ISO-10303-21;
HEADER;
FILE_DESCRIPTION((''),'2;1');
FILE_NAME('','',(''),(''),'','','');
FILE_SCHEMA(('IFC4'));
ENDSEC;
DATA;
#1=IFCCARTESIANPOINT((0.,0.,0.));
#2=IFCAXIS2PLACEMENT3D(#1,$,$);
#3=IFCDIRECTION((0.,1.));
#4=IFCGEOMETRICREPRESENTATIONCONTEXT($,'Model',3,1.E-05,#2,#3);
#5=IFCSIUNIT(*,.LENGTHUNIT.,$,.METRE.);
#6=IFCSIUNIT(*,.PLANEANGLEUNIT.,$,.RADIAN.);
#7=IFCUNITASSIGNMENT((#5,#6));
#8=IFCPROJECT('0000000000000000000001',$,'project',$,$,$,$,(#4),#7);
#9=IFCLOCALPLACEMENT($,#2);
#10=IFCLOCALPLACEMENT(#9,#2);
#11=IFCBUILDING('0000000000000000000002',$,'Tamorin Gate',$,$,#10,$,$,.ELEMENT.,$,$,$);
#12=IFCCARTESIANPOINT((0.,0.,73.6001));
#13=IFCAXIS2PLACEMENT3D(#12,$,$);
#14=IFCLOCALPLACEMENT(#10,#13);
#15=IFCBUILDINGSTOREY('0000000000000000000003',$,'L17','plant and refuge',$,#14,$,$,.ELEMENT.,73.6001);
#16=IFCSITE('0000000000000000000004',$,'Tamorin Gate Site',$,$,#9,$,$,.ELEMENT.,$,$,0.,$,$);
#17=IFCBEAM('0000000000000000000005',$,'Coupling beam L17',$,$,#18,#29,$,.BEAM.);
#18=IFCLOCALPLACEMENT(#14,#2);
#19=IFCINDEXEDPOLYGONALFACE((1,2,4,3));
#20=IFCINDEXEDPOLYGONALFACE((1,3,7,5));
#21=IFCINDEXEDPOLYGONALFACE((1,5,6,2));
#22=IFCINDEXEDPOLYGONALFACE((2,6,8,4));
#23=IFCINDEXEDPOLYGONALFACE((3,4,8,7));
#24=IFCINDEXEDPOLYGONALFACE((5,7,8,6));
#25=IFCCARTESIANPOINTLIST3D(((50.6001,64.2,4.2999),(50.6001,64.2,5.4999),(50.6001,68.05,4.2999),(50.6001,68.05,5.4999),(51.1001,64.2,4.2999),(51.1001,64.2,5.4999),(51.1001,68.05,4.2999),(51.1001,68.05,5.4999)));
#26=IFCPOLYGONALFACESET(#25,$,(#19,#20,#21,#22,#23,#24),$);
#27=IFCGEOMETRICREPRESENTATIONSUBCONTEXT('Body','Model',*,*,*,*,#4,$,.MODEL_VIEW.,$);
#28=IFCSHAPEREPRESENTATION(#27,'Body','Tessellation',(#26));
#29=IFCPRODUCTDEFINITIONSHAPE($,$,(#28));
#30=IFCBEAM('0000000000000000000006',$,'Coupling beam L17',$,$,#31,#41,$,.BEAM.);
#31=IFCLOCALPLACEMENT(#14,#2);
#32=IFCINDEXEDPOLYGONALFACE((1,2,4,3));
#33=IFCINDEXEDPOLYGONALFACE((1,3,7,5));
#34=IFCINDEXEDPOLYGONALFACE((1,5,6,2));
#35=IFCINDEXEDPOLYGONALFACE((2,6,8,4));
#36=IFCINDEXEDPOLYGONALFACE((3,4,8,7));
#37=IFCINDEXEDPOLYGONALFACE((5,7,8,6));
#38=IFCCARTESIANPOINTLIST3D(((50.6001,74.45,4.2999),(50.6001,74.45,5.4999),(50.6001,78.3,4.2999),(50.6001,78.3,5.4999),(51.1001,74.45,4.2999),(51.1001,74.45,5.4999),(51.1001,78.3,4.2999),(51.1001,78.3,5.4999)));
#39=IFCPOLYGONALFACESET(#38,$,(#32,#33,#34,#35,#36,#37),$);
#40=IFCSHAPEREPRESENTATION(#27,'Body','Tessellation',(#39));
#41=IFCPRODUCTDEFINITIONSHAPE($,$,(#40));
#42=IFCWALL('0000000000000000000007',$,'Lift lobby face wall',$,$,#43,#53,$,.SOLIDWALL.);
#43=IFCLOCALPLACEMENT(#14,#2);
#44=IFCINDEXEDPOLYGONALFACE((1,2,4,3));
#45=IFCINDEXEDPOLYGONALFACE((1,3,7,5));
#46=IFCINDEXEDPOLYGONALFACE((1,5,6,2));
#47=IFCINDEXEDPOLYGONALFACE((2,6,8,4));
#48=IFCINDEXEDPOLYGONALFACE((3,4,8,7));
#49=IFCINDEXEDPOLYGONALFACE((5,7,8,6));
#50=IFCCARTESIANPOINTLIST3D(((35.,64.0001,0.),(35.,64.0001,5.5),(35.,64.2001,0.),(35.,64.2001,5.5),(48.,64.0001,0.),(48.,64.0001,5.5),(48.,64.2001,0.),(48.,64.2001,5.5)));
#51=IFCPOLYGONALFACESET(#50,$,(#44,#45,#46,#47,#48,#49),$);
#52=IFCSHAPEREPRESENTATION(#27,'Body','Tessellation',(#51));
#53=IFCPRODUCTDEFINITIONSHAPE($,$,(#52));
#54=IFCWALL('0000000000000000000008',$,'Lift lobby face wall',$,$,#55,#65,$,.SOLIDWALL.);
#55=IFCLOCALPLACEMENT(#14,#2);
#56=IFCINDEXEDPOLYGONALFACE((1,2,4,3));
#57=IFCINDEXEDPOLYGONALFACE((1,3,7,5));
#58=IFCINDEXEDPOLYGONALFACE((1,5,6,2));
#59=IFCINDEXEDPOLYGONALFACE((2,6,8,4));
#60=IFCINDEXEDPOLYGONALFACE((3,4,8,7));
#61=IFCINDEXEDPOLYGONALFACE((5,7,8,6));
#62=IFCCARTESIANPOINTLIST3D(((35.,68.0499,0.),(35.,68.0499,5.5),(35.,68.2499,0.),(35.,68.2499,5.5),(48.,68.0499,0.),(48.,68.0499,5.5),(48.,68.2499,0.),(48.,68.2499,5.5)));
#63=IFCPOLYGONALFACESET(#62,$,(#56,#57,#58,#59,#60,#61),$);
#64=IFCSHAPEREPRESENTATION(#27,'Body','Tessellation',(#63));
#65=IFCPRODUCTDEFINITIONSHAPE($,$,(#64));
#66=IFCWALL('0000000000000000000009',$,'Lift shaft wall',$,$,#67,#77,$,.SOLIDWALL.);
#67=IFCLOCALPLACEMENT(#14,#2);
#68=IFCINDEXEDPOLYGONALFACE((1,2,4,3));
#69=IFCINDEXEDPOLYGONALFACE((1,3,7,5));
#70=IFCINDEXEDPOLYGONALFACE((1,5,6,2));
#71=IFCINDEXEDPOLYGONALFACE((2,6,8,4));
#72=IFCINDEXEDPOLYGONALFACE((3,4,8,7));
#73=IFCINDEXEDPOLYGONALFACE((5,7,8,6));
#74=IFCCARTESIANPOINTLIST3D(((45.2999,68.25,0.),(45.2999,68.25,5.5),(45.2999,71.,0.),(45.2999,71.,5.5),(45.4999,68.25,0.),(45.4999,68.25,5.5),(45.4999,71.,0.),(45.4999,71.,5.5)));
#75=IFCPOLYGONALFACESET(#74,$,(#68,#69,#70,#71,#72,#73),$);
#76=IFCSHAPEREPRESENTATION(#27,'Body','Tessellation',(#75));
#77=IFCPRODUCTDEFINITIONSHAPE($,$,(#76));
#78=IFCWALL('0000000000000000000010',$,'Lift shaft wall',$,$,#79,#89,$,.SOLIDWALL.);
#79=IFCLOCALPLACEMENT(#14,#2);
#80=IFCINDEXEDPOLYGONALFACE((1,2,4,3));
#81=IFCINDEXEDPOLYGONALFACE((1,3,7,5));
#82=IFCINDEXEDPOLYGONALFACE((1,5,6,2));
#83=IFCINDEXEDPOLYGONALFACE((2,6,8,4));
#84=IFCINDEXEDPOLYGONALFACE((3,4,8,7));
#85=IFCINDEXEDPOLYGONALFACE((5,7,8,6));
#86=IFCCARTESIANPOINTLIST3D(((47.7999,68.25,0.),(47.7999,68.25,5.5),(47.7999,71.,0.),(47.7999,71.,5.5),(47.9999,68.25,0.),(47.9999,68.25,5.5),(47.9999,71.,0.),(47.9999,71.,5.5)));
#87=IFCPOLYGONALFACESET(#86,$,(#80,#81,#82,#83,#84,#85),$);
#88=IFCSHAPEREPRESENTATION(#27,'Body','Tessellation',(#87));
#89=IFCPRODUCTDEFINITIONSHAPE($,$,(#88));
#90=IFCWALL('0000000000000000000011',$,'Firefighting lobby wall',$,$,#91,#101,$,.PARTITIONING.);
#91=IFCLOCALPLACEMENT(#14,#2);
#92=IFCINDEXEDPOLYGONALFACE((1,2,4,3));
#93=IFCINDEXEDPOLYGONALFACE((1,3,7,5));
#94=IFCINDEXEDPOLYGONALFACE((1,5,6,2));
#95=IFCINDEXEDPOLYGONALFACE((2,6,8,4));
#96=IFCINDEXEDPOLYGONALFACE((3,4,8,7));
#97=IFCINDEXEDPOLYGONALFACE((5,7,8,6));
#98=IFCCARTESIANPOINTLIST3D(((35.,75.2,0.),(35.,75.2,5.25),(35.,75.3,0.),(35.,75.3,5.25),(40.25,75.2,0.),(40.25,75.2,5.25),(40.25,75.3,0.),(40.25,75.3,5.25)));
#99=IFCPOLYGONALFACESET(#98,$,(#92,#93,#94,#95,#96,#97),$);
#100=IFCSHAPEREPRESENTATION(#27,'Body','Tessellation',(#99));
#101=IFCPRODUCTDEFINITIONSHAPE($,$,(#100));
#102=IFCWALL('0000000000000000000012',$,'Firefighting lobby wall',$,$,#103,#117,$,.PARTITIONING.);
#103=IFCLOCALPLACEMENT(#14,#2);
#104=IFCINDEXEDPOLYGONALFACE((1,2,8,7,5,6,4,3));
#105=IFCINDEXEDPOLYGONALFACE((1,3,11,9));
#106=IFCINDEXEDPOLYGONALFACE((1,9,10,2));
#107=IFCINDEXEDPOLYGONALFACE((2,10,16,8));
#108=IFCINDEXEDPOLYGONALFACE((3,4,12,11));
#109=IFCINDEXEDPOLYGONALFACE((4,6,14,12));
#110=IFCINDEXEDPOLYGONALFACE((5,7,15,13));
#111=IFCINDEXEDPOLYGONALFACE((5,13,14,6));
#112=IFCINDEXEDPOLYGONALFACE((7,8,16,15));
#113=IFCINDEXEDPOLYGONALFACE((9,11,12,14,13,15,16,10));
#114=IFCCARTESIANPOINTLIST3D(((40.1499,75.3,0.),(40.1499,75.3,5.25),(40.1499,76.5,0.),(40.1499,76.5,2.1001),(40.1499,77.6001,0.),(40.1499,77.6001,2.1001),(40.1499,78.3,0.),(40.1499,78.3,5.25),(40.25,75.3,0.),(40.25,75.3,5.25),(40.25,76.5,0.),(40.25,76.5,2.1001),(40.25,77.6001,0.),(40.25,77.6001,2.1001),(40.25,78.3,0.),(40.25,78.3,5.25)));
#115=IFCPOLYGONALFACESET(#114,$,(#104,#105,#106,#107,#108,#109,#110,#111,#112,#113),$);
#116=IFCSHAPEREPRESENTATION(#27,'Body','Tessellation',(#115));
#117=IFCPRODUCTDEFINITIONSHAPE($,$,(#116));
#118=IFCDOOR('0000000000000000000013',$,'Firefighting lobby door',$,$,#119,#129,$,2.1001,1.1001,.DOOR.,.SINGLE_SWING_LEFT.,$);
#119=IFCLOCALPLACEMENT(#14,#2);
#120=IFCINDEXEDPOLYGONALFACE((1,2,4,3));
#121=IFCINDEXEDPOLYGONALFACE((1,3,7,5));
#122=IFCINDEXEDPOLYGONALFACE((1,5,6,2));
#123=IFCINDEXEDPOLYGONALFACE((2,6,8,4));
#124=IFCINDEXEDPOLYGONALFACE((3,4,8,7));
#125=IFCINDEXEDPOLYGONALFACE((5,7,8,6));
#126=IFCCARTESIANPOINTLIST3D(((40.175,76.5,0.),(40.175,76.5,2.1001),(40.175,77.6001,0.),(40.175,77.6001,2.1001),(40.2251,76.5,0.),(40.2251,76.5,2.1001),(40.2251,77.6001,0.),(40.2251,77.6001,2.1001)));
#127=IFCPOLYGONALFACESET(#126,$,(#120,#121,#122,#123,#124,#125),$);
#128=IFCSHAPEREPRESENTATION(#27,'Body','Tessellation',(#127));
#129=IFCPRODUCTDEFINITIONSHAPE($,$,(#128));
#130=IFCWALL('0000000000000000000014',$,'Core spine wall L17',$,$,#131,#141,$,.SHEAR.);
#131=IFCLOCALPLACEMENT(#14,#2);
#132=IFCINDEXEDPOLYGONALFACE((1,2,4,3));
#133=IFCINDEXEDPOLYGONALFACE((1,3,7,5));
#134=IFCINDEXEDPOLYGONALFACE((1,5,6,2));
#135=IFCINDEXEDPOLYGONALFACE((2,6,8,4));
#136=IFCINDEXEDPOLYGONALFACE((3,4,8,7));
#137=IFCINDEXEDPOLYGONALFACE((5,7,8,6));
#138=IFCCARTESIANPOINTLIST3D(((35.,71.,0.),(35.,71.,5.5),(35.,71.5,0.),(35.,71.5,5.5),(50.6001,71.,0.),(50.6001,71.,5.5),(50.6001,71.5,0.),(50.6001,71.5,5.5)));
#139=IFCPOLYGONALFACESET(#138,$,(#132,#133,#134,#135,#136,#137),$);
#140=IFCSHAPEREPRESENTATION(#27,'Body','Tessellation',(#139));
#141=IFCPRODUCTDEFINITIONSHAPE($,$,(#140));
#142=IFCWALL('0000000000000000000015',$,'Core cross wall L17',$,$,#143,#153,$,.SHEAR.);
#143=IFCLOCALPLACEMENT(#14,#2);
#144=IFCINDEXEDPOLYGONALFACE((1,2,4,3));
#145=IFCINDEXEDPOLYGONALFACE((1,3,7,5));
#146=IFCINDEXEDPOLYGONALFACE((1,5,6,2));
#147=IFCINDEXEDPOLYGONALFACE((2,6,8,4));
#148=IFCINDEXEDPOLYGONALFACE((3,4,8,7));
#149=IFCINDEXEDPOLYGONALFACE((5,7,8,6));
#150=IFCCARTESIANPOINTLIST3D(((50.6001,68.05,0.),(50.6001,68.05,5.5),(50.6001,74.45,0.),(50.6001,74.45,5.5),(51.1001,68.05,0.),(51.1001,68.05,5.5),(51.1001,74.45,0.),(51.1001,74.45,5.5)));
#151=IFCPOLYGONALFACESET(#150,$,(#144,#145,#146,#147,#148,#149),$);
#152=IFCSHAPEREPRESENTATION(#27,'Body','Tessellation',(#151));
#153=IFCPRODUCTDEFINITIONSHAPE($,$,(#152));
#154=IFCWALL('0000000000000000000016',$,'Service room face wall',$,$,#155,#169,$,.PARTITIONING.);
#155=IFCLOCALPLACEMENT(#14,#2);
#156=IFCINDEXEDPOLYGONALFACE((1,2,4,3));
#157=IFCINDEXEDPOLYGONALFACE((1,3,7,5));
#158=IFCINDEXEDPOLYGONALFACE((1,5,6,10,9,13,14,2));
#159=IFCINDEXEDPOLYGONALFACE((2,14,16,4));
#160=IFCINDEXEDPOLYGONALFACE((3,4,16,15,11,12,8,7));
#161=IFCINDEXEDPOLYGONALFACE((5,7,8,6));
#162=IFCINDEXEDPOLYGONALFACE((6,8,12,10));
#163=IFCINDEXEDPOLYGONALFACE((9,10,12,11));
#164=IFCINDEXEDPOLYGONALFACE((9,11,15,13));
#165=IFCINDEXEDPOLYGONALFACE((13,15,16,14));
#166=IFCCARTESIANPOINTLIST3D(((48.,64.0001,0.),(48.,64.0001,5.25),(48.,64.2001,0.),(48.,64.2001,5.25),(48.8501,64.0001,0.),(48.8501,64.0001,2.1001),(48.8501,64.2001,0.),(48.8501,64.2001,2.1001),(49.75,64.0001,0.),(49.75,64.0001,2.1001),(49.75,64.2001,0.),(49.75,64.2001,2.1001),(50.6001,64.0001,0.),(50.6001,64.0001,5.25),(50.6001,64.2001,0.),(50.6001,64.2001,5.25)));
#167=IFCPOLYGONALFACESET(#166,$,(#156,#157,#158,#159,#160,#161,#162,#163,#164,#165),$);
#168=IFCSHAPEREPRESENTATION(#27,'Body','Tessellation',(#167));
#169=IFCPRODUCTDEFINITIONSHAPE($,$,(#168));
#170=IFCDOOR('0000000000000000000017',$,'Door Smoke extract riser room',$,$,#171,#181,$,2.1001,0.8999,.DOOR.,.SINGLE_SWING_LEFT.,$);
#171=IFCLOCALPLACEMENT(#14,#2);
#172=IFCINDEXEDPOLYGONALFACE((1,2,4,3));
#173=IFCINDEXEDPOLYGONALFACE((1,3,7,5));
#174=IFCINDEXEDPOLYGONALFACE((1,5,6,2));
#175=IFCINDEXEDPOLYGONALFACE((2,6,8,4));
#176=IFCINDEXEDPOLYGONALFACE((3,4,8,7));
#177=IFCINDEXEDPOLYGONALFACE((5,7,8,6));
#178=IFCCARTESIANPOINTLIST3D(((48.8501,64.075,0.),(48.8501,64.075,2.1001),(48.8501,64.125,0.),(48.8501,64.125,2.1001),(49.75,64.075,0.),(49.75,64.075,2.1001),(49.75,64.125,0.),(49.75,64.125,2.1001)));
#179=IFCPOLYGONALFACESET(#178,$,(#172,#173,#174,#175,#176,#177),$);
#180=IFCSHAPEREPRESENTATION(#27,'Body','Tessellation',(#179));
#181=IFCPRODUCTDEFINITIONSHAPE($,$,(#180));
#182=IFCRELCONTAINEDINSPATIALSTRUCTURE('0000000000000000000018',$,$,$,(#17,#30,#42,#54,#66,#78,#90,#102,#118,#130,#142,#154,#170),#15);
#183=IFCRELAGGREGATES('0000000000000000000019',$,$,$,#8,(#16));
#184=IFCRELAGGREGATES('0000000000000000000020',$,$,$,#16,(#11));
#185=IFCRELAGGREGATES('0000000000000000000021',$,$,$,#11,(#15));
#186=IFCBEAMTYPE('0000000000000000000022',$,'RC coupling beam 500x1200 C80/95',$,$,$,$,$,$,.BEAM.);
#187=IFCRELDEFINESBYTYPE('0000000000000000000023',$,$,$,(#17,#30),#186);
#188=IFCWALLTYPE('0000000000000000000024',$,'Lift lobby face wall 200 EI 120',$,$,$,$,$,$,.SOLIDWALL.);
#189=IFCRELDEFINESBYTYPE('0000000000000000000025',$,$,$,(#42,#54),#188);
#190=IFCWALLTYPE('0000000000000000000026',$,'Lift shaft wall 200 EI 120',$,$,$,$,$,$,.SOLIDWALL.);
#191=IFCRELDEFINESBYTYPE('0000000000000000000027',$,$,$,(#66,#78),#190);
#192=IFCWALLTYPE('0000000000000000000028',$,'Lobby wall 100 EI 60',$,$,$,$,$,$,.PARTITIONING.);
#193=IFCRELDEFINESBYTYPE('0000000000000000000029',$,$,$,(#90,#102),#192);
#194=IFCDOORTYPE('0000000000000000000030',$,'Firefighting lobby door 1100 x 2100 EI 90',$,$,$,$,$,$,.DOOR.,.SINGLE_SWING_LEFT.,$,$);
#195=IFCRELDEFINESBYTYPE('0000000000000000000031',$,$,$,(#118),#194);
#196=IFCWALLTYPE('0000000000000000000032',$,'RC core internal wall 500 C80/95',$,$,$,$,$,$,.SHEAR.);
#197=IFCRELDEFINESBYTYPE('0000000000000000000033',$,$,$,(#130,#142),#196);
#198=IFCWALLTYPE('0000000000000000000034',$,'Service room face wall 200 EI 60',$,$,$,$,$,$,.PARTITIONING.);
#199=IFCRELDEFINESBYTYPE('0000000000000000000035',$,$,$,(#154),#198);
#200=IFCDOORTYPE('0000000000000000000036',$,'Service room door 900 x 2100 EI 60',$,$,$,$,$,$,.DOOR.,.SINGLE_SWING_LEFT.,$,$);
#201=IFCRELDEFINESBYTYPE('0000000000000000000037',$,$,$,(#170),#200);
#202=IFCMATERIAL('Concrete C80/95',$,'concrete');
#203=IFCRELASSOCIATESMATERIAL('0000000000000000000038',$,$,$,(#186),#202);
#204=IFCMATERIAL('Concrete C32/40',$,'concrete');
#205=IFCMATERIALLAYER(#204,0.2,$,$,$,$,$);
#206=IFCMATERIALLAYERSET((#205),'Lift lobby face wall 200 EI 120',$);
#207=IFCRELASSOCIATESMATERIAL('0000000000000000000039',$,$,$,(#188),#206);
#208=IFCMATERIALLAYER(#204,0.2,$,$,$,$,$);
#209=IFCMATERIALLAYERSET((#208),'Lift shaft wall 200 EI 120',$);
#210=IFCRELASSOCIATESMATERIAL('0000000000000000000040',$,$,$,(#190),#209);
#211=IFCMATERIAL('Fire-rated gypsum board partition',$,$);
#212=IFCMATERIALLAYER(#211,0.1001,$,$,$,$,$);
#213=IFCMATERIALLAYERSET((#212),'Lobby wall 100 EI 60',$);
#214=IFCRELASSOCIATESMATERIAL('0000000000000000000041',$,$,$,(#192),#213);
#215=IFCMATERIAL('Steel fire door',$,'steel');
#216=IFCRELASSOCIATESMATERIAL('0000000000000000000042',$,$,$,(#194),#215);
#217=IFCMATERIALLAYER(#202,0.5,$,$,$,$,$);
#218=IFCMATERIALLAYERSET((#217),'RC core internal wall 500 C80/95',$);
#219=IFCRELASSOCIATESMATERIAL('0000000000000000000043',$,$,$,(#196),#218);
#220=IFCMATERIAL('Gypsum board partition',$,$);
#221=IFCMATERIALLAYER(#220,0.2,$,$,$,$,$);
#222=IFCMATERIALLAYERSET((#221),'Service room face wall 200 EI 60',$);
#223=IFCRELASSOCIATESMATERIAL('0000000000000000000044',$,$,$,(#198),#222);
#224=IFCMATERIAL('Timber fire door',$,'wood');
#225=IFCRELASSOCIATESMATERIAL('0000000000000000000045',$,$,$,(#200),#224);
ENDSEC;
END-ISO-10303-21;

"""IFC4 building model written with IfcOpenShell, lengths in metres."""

from ifc_helpers import new_model, si_unit, direction, frame, frame_2d, origin, origin_2d, place, context, subcontext, project, spatial, rectangle, extrude, material, layer, layer_set, material_profile, profile_set, type_object, element, fill, save


model = new_model("IFC4")

# Units and contexts
model_context = context("Model", 3, precision=1e-05, world=origin(), true_north=direction((0.0, 1.0)))
body_context = subcontext(model_context, "Body", "Model", "MODEL_VIEW")
ifc_project = project(units=[si_unit("LENGTHUNIT", "METRE"), si_unit("PLANEANGLEUNIT", "RADIAN")], contexts=[model_context])

# Site, building, storey
site_placement = place(None, origin())
site = spatial("IfcSite", under=ifc_project, at=site_placement, Name="Tamorin Gate Site", CompositionType="ELEMENT", RefElevation=0.0)
building_placement = place(site_placement, origin())
building = spatial("IfcBuilding", under=site, at=building_placement, Name="Tamorin Gate", CompositionType="ELEMENT")
storey_placement = place(building_placement, frame((0.0, 0.0, 73.6001)))
storey = spatial("IfcBuildingStorey", under=building, at=storey_placement, Name="L17", Description="plant and refuge", CompositionType="ELEMENT", Elevation=73.6001)

# Beams
ifc_material_1 = material(Name="Concrete C80/95", Category="concrete")
ifc_material_profile = material_profile(ifc_material_1, rectangle(XDim=0.5, YDim=1.2, at=origin_2d()), Name="RC 500x1200")
ifc_profile_set = profile_set([ifc_material_profile], Name="Concrete C80/95")
beam_type = type_object("IfcBeamType", Name="RC coupling beam 500x1200 C80/95", PredefinedType="BEAM", material=ifc_profile_set)
for number, where, z_axis, x_axis, name in (
    (1, (50.8501, 64.2, 4.8999), (0.0, 1.0, 0.0), (-1.0, 0.0, 0.0), "Coupling beam L17"),
    (2, (50.8501, 74.45, 4.8999), (0.0, 1.0, 0.0), (-1.0, 0.0, 0.0), "Coupling beam L17"),
):
    element("IfcBeam", number, at=place(storey_placement, frame(where, z_axis=z_axis, x_axis=x_axis)), inside=storey, type_object=beam_type, Name=name, PredefinedType="BEAM", context=body_context, shape_type="SweptSolid", body=[
        extrude(rectangle(XDim=0.5, YDim=1.2, at=origin_2d()), origin(), (0.0, 0.0, 1.0), 3.8501),
    ])

# Walls
ifc_material_2 = material(Name="Concrete C32/40", Category="concrete")
ifc_layer_1 = layer(ifc_material_2, 0.2)
ifc_layer_set_1 = layer_set([ifc_layer_1], Name="Lift lobby face wall 200 EI 120")
wall_type_1 = type_object("IfcWallType", Name="Lift lobby face wall 200 EI 120", PredefinedType="SOLIDWALL", material=ifc_layer_set_1)
for number, where, z_axis, x_axis, name in (
    (3, (35.0, 64.1001, 0.0), (0.0, 0.0, 1.0), (1.0, 0.0, 0.0), "Lift lobby face wall"),
    (4, (35.0, 68.1499, 0.0), (0.0, 0.0, 1.0), (1.0, 0.0, 0.0), "Lift lobby face wall"),
):
    element("IfcWall", number, at=place(storey_placement, frame(where, z_axis=z_axis, x_axis=x_axis)), inside=storey, type_object=wall_type_1, Name=name, PredefinedType="SOLIDWALL", context=body_context, shape_type="SweptSolid", body=[
        extrude(rectangle(XDim=13.0, YDim=0.2, at=frame_2d((6.5, 0.0))), origin(), (0.0, 0.0, 1.0), 5.5),
    ])
ifc_layer_2 = layer(ifc_material_2, 0.2)
ifc_layer_set_2 = layer_set([ifc_layer_2], Name="Lift shaft wall 200 EI 120")
wall_type_2 = type_object("IfcWallType", Name="Lift shaft wall 200 EI 120", PredefinedType="SOLIDWALL", material=ifc_layer_set_2)
for number, where, z_axis, x_axis, name in (
    (5, (45.3999, 68.25, 0.0), (0.0, 0.0, 1.0), (0.0, 1.0, 0.0), "Lift shaft wall"),
    (6, (47.8999, 68.25, 0.0), (0.0, 0.0, 1.0), (0.0, 1.0, 0.0), "Lift shaft wall"),
):
    element("IfcWall", number, at=place(storey_placement, frame(where, z_axis=z_axis, x_axis=x_axis)), inside=storey, type_object=wall_type_2, Name=name, PredefinedType="SOLIDWALL", context=body_context, shape_type="SweptSolid", body=[
        extrude(rectangle(XDim=2.75, YDim=0.2, at=frame_2d((1.375, 0.0))), origin(), (0.0, 0.0, 1.0), 5.5),
    ])
ifc_material_3 = material(Name="Fire-rated gypsum board partition")
ifc_layer_3 = layer(ifc_material_3, 0.1001)
ifc_layer_set_3 = layer_set([ifc_layer_3], Name="Lobby wall 100 EI 60")
wall_type_3 = type_object("IfcWallType", Name="Lobby wall 100 EI 60", PredefinedType="PARTITIONING", material=ifc_layer_set_3)
wall_1_placement = place(storey_placement, frame((35.0, 75.25, 0.0), z_axis=(0.0, 0.0, 1.0), x_axis=(1.0, 0.0, 0.0)))
element("IfcWall", 7, at=wall_1_placement, inside=storey, type_object=wall_type_3, Name="Firefighting lobby wall", PredefinedType="PARTITIONING", context=body_context, shape_type="SweptSolid", body=[
    extrude(rectangle(XDim=5.25, YDim=0.1001, at=frame_2d((2.625, 0.0))), origin(), (0.0, 0.0, 1.0), 5.25),
])

# Wall, opening, door
wall_2_placement = place(storey_placement, frame((40.2, 75.3, 0.0), z_axis=(0.0, 0.0, 1.0), x_axis=(0.0, 1.0, 0.0)))
wall_2 = element("IfcWall", 8, at=wall_2_placement, inside=storey, type_object=wall_type_3, Name="Firefighting lobby wall", PredefinedType="PARTITIONING", context=body_context, shape_type="SweptSolid", body=[
    extrude(rectangle(XDim=3.0, YDim=0.1001, at=frame_2d((1.5, 0.0))), origin(), (0.0, 0.0, 1.0), 5.25),
])
opening_1_placement = place(wall_2_placement, frame((1.2, 0.0, 0.0)))
opening_1 = element("IfcOpeningElement", 9, at=opening_1_placement, cuts=wall_2, PredefinedType="OPENING", context=body_context, shape_type="SweptSolid", body=[
    extrude(rectangle(XDim=1.1001, YDim=2.1001, at=frame_2d((0.55, 1.05))), frame((0.0, 0.0601, 0.0), z_axis=(0.0, -1.0, 0.0), x_axis=(1.0, 0.0, 0.0)), (0.0, 0.0, 1.0), 0.1201),
])
ifc_material_4 = material(Name="Steel fire door", Category="steel")
door_type_1 = type_object("IfcDoorType", Name="Firefighting lobby door 1100 x 2100 EI 90", OperationType="SINGLE_SWING_LEFT", PredefinedType="DOOR", material=ifc_material_4)
door_1_placement = place(opening_1_placement, origin())
door_1 = element("IfcDoor", 10, at=door_1_placement, inside=storey, type_object=door_type_1, Name="Firefighting lobby door", OperationType="SINGLE_SWING_LEFT", OverallHeight=2.1001, OverallWidth=1.1001, PredefinedType="DOOR", context=body_context, shape_type="SweptSolid", body=[
    extrude(rectangle(XDim=1.1001, YDim=2.1001, at=frame_2d((0.55, 1.05))), frame((0.0, 0.0249, 0.0), z_axis=(0.0, -1.0, 0.0), x_axis=(1.0, 0.0, 0.0)), (0.0, 0.0, 1.0), 0.05),
])
fill(opening_1, door_1)

# Walls
ifc_layer_4 = layer(ifc_material_1, 0.5)
ifc_layer_set_4 = layer_set([ifc_layer_4], Name="RC core internal wall 500 C80/95")
wall_type_4 = type_object("IfcWallType", Name="RC core internal wall 500 C80/95", PredefinedType="SHEAR", material=ifc_layer_set_4)
wall_3_placement = place(storey_placement, frame((35.0, 71.25, 0.0), z_axis=(0.0, 0.0, 1.0), x_axis=(1.0, 0.0, 0.0)))
element("IfcWall", 11, at=wall_3_placement, inside=storey, type_object=wall_type_4, Name="Core spine wall L17", PredefinedType="SHEAR", context=body_context, shape_type="SweptSolid", body=[
    extrude(rectangle(XDim=15.6001, YDim=0.5, at=frame_2d((7.8, 0.0))), origin(), (0.0, 0.0, 1.0), 5.5),
])
wall_4_placement = place(storey_placement, frame((50.8501, 68.05, 0.0), z_axis=(0.0, 0.0, 1.0), x_axis=(0.0, 1.0, 0.0)))
element("IfcWall", 12, at=wall_4_placement, inside=storey, type_object=wall_type_4, Name="Core cross wall L17", PredefinedType="SHEAR", context=body_context, shape_type="SweptSolid", body=[
    extrude(rectangle(XDim=6.3999, YDim=0.5, at=frame_2d((3.2, 0.0))), origin(), (0.0, 0.0, 1.0), 5.5),
])

# Wall, opening, door
ifc_material_5 = material(Name="Gypsum board partition")
ifc_layer_5 = layer(ifc_material_5, 0.2)
ifc_layer_set_5 = layer_set([ifc_layer_5], Name="Service room face wall 200 EI 60")
wall_type_5 = type_object("IfcWallType", Name="Service room face wall 200 EI 60", PredefinedType="PARTITIONING", material=ifc_layer_set_5)
wall_5_placement = place(storey_placement, frame((48.0, 64.1001, 0.0), z_axis=(0.0, 0.0, 1.0), x_axis=(1.0, 0.0, 0.0)))
wall_5 = element("IfcWall", 13, at=wall_5_placement, inside=storey, type_object=wall_type_5, Name="Service room face wall", PredefinedType="PARTITIONING", context=body_context, shape_type="SweptSolid", body=[
    extrude(rectangle(XDim=2.6001, YDim=0.2, at=frame_2d((1.3, 0.0))), origin(), (0.0, 0.0, 1.0), 5.25),
])
opening_2_placement = place(wall_5_placement, frame((0.8501, 0.0, 0.0)))
opening_2 = element("IfcOpeningElement", 14, at=opening_2_placement, cuts=wall_5, PredefinedType="OPENING", context=body_context, shape_type="SweptSolid", body=[
    extrude(rectangle(XDim=0.8999, YDim=2.1001, at=frame_2d((0.45, 1.05))), frame((0.0, 0.1099, 0.0), z_axis=(0.0, -1.0, 0.0), x_axis=(1.0, 0.0, 0.0)), (0.0, 0.0, 1.0), 0.22),
])
ifc_material_6 = material(Name="Timber fire door", Category="wood")
door_type_2 = type_object("IfcDoorType", Name="Service room door 900 x 2100 EI 60", OperationType="SINGLE_SWING_LEFT", PredefinedType="DOOR", material=ifc_material_6)
door_2_placement = place(opening_2_placement, origin())
door_2 = element("IfcDoor", 15, at=door_2_placement, inside=storey, type_object=door_type_2, Name="Door Smoke extract riser room", OperationType="SINGLE_SWING_LEFT", OverallHeight=2.1001, OverallWidth=0.8999, PredefinedType="DOOR", context=body_context, shape_type="SweptSolid", body=[
    extrude(rectangle(XDim=0.8999, YDim=2.1001, at=frame_2d((0.45, 1.05))), frame((0.0, 0.0249, 0.0), z_axis=(0.0, -1.0, 0.0), x_axis=(1.0, 0.0, 0.0)), (0.0, 0.0, 1.0), 0.05),
])
fill(opening_2, door_2)

save(model, "model.ifc")
